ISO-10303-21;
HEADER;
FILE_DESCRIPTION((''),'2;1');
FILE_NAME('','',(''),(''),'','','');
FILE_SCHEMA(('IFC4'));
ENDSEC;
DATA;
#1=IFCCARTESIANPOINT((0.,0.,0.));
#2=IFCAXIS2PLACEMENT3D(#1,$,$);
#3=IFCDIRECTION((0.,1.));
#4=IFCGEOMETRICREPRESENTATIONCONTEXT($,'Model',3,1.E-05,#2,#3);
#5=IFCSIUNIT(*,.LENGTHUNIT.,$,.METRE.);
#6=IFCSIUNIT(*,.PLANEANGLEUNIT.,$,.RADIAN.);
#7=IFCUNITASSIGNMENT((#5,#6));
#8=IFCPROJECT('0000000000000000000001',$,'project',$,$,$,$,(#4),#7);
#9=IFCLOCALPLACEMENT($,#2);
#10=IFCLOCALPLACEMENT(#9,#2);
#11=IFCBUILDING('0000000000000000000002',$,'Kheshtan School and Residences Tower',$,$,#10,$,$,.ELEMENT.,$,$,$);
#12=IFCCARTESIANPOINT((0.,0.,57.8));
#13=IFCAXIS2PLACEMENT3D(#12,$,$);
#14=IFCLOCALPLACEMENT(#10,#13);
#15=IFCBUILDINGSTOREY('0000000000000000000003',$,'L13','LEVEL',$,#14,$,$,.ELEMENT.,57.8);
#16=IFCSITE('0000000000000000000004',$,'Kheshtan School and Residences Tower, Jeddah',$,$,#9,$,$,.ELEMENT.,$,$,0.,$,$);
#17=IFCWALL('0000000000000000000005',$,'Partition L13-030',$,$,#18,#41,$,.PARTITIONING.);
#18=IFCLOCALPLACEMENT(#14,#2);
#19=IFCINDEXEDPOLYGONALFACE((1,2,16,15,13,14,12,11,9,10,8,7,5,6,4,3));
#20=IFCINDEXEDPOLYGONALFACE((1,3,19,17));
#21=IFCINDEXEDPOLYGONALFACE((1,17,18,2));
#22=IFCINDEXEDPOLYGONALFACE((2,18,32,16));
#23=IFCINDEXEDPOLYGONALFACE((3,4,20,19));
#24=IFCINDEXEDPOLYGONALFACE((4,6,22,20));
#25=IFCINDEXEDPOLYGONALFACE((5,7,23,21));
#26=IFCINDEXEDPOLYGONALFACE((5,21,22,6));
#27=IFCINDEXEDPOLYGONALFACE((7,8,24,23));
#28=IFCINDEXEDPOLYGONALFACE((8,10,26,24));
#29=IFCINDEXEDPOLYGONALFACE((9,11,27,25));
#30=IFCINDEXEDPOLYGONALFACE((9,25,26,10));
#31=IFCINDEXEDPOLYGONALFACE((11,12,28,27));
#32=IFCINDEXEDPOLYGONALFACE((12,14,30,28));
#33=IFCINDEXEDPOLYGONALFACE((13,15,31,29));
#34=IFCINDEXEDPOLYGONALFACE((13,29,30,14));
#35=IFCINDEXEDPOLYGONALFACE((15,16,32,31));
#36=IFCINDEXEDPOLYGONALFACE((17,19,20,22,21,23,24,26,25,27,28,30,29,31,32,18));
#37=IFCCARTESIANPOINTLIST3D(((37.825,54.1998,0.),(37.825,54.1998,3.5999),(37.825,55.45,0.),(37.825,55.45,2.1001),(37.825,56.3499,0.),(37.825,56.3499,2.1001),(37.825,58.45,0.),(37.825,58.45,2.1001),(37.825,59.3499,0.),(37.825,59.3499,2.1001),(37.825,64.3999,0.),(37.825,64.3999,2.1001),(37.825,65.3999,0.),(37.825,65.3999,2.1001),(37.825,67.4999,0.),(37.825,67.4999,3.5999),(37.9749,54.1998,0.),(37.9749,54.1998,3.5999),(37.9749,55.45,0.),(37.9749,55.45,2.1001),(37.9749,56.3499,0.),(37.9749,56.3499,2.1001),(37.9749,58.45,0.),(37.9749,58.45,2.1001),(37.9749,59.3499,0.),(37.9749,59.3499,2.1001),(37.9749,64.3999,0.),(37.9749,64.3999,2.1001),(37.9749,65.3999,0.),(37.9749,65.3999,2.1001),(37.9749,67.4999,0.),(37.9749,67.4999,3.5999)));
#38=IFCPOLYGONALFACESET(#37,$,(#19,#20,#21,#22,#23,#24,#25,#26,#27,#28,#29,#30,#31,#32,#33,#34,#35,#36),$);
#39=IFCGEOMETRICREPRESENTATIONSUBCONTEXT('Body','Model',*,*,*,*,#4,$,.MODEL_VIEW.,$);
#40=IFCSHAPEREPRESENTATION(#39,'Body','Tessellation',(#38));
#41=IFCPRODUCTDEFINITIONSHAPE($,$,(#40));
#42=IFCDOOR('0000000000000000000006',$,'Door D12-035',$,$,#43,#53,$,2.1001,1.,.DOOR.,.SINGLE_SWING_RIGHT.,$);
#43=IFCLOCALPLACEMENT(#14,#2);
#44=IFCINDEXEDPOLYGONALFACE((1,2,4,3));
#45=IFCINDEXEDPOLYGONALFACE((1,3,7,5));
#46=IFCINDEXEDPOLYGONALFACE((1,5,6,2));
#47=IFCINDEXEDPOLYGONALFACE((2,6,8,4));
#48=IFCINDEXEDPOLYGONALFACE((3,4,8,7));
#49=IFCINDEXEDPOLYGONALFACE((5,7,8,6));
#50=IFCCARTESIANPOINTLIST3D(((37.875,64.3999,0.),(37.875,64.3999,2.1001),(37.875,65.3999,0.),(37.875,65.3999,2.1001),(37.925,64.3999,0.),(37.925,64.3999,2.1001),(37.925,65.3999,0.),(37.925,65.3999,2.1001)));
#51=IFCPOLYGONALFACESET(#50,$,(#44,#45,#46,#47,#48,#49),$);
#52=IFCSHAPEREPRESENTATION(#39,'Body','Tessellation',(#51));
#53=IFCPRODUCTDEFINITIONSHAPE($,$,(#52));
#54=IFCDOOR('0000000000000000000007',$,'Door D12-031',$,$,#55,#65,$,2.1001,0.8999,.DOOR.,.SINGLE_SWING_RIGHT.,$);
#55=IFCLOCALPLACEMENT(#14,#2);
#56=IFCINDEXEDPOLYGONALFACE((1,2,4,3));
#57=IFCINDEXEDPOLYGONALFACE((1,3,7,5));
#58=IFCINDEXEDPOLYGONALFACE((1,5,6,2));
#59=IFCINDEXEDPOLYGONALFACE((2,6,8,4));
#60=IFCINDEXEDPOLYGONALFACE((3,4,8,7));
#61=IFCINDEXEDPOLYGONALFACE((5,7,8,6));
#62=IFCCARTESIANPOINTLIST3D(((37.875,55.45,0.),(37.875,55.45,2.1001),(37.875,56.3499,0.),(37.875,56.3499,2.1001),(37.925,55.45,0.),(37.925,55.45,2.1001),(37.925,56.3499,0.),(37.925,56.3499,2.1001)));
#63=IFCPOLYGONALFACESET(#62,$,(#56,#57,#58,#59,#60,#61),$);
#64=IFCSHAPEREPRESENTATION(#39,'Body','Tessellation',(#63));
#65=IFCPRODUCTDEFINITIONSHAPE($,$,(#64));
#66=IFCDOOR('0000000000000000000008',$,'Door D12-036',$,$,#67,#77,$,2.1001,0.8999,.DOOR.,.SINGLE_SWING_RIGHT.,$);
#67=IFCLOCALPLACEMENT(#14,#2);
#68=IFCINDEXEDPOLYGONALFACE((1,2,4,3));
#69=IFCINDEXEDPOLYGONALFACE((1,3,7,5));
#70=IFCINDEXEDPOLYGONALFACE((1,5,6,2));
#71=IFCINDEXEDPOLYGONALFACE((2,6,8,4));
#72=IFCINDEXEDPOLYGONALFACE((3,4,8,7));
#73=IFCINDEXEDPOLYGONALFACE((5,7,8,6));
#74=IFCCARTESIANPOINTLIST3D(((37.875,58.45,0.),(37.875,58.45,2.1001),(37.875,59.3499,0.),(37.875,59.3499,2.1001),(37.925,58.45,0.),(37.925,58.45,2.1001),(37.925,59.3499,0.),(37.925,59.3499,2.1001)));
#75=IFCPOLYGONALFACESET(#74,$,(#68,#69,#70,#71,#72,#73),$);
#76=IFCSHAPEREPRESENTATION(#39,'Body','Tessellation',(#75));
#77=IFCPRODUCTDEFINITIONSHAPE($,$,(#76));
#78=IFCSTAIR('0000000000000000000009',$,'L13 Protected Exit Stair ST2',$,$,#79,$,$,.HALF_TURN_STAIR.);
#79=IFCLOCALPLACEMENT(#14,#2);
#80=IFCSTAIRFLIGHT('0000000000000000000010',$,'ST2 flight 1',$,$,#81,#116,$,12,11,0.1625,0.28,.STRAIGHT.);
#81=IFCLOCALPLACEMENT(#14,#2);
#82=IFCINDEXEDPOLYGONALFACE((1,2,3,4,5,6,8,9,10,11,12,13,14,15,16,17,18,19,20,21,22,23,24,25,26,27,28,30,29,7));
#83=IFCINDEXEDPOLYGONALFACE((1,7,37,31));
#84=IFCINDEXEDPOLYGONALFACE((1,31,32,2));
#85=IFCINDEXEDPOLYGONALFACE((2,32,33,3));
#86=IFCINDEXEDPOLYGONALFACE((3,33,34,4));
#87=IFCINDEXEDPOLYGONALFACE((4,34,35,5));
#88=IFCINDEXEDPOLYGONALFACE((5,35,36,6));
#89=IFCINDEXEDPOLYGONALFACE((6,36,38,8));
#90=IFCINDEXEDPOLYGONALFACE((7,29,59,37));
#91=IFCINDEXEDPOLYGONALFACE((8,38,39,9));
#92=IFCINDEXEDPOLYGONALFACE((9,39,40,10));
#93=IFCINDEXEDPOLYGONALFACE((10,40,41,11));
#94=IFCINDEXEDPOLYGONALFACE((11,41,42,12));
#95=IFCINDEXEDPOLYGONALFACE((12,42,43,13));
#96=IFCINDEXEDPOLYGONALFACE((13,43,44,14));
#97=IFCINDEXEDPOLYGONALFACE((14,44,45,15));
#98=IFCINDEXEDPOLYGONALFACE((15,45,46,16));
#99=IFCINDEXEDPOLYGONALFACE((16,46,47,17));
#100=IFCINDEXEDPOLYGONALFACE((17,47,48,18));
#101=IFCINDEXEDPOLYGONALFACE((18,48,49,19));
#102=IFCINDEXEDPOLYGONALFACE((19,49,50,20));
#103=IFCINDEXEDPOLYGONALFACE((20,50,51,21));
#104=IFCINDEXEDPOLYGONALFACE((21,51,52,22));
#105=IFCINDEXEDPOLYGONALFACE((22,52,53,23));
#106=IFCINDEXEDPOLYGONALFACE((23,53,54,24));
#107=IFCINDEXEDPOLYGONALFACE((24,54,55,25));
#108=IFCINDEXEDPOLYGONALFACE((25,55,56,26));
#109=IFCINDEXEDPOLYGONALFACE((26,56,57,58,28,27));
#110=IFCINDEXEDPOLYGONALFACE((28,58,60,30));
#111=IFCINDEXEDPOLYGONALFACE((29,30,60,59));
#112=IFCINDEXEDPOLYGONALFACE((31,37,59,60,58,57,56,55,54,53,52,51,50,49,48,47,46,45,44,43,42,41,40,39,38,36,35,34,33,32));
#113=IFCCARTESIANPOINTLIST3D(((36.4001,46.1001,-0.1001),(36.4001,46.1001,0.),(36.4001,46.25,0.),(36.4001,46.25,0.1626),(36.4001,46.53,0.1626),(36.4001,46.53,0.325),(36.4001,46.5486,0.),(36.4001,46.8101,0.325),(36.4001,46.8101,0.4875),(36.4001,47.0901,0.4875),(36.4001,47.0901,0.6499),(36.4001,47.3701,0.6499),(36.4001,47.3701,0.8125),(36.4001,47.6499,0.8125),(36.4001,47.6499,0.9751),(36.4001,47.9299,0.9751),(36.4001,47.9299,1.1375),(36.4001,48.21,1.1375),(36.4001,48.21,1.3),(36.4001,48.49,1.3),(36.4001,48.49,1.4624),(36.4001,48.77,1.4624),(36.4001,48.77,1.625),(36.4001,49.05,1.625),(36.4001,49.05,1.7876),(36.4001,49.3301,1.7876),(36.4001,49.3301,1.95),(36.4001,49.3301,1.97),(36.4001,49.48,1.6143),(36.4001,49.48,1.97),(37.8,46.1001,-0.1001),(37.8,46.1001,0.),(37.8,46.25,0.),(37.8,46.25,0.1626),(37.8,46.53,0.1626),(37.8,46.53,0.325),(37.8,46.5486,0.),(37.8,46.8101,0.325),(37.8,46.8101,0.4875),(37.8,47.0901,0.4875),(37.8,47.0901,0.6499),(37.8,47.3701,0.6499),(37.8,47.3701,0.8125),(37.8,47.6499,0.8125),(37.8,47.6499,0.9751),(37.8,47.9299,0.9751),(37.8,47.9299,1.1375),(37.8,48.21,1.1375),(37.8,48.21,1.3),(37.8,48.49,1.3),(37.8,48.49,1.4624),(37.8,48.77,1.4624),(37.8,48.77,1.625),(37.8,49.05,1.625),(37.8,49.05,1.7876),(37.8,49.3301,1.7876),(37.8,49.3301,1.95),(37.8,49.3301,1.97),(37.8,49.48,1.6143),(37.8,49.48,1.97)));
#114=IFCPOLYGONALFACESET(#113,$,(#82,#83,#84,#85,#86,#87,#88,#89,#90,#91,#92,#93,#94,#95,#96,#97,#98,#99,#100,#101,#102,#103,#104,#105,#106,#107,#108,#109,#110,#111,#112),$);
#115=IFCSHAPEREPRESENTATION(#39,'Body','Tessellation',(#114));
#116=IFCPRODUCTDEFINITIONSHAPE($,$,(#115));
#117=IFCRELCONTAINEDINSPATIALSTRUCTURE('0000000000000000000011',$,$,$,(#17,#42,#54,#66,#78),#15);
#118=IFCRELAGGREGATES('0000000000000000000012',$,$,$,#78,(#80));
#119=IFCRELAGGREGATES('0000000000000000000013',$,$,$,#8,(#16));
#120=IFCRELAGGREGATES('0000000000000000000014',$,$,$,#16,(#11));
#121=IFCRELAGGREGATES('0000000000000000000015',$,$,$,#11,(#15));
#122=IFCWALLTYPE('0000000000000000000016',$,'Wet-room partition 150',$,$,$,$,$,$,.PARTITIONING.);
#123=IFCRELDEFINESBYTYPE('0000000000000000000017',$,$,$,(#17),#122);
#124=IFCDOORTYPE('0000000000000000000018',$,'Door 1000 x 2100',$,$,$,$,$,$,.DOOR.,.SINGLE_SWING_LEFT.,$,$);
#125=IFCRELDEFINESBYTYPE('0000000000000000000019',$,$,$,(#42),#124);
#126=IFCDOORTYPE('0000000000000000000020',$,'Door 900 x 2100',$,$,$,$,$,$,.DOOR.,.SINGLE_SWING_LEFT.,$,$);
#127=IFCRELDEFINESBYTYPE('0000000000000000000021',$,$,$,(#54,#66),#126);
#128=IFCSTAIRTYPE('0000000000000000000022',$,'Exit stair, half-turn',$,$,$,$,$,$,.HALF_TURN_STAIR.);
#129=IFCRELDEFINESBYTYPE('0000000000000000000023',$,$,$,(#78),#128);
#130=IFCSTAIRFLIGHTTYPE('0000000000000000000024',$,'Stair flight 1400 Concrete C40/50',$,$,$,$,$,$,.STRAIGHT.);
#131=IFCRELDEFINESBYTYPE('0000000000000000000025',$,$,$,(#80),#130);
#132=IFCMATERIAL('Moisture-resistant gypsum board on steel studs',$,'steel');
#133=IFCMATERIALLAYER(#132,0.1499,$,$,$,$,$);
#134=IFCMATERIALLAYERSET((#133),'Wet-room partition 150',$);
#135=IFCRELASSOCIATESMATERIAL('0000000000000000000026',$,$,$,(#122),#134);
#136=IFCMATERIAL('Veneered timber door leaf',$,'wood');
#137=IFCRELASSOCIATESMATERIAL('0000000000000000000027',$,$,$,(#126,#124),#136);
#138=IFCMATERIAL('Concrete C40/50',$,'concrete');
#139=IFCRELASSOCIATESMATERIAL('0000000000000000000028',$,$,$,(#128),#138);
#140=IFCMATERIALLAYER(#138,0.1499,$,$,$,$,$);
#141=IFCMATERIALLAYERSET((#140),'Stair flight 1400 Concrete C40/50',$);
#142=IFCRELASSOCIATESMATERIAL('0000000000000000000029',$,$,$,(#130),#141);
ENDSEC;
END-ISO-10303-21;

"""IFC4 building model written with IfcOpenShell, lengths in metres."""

from ifc_helpers import new_model, si_unit, direction, frame, frame_2d, origin, place, context, subcontext, project, spatial, polyline, rectangle, outline, extrude, source, transform, mapped, material, layer, layer_set, type_object, element, fill, aggregate, save


model = new_model("IFC4")

# Units and contexts
model_context = context("Model", 3, precision=1e-05, world=origin(), true_north=direction((0.0, 1.0)))
body_context = subcontext(model_context, "Body", "Model", "MODEL_VIEW")
ifc_project = project(units=[si_unit("LENGTHUNIT", "METRE"), si_unit("PLANEANGLEUNIT", "RADIAN")], contexts=[model_context])

# Site, building, storey
site_placement = place(None, origin())
site = spatial("IfcSite", under=ifc_project, at=site_placement, Name="Kheshtan School and Residences Tower, Jeddah", CompositionType="ELEMENT", RefElevation=0.0)
building_placement = place(site_placement, origin())
building = spatial("IfcBuilding", under=site, at=building_placement, Name="Kheshtan School and Residences Tower", CompositionType="ELEMENT")
storey_placement = place(building_placement, frame((0.0, 0.0, 57.8)))
storey = spatial("IfcBuildingStorey", under=building, at=storey_placement, Name="L13", Description="LEVEL", CompositionType="ELEMENT", Elevation=57.8)

# Wall, openings, doors
ifc_material_1 = material(Name="Moisture-resistant gypsum board on steel studs", Category="steel")
ifc_layer_1 = layer(ifc_material_1, 0.1499)
ifc_layer_set_1 = layer_set([ifc_layer_1], Name="Wet-room partition 150")
wall_type_1 = type_object("IfcWallType", Name="Wet-room partition 150", PredefinedType="PARTITIONING", material=ifc_layer_set_1)
ifc_material_2 = material(Name="Veneered timber door leaf", Category="wood")
door_type_1 = type_object("IfcDoorType", Name="Door 900 x 2100", OperationType="SINGLE_SWING_LEFT", PredefinedType="DOOR", material=ifc_material_2)
shared_shape_1 = source(origin(), body_context, "Body", "SweptSolid", [
    extrude(rectangle(XDim=0.8999, YDim=2.1001, at=frame_2d((0.45, 1.05))), frame((0.0, 0.0249, 0.0), z_axis=(0.0, -1.0, 0.0), x_axis=(1.0, 0.0, 0.0)), (0.0, 0.0, 1.0), 0.05),
])
wall_1_placement = place(storey_placement, frame((37.8999, 54.2, 0.0), z_axis=(0.0, 0.0, 1.0), x_axis=(0.0, 1.0, 0.0)))
wall_1 = element("IfcWall", 1, at=wall_1_placement, inside=storey, type_object=wall_type_1, Name="Partition L13-030", PredefinedType="PARTITIONING", context=body_context, shape_type="SweptSolid", body=[
    extrude(rectangle(XDim=13.3, YDim=0.1499, at=frame_2d((6.6499, 0.0))), origin(), (0.0, 0.0, 1.0), 3.5999),
])
opening_1_placement = place(wall_1_placement, frame((1.25, 0.0, 0.0)))
opening_1 = element("IfcOpeningElement", 2, at=opening_1_placement, cuts=wall_1, PredefinedType="OPENING", context=body_context, shape_type="SweptSolid", body=[
    extrude(rectangle(XDim=0.8999, YDim=2.1001, at=frame_2d((0.45, 1.05))), frame((0.0, 0.085, 0.0), z_axis=(0.0, -1.0, 0.0), x_axis=(1.0, 0.0, 0.0)), (0.0, 0.0, 1.0), 0.1699),
])
opening_2_placement = place(wall_1_placement, frame((10.2, 0.0, 0.0)))
opening_2 = element("IfcOpeningElement", 3, at=opening_2_placement, cuts=wall_1, PredefinedType="OPENING", context=body_context, shape_type="SweptSolid", body=[
    extrude(rectangle(XDim=1.0, YDim=2.1001, at=frame_2d((0.5, 1.05))), frame((0.0, 0.085, 0.0), z_axis=(0.0, -1.0, 0.0), x_axis=(1.0, 0.0, 0.0)), (0.0, 0.0, 1.0), 0.1699),
])
opening_3_placement = place(wall_1_placement, frame((4.25, 0.0, 0.0)))
opening_3 = element("IfcOpeningElement", 4, at=opening_3_placement, cuts=wall_1, PredefinedType="OPENING", context=body_context, shape_type="SweptSolid", body=[
    extrude(rectangle(XDim=0.8999, YDim=2.1001, at=frame_2d((0.45, 1.05))), frame((0.0, 0.085, 0.0), z_axis=(0.0, -1.0, 0.0), x_axis=(1.0, 0.0, 0.0)), (0.0, 0.0, 1.0), 0.1699),
])
door_type_2 = type_object("IfcDoorType", Name="Door 1000 x 2100", OperationType="SINGLE_SWING_LEFT", PredefinedType="DOOR", material=ifc_material_2)
shared_shape_2 = source(origin(), body_context, "Body", "SweptSolid", [
    extrude(rectangle(XDim=1.0, YDim=2.1001, at=frame_2d((0.5, 1.05))), frame((0.0, 0.0249, 0.0), z_axis=(0.0, -1.0, 0.0), x_axis=(1.0, 0.0, 0.0)), (0.0, 0.0, 1.0), 0.05),
])
door_1_placement = place(opening_2_placement, origin())
door_1 = element("IfcDoor", 5, at=door_1_placement, inside=storey, type_object=door_type_2, Name="Door D12-035", OperationType="SINGLE_SWING_RIGHT", OverallHeight=2.1001, OverallWidth=1.0, PredefinedType="DOOR", context=body_context, shape_type="MappedRepresentation", body=[
    mapped(shared_shape_2, transform((0.0, 0.0, 0.0), x_axis=(1.0, 0.0, 0.0), y_axis=(0.0, 1.0, 0.0), z_axis=(0.0, 0.0, 1.0), scale=1.0)),
])
fill(opening_2, door_1)
door_2_placement = place(opening_1_placement, origin())
door_2 = element("IfcDoor", 6, at=door_2_placement, inside=storey, type_object=door_type_1, Name="Door D12-031", OperationType="SINGLE_SWING_RIGHT", OverallHeight=2.1001, OverallWidth=0.8999, PredefinedType="DOOR", context=body_context, shape_type="MappedRepresentation", body=[
    mapped(shared_shape_1, transform((0.0, 0.0, 0.0), x_axis=(1.0, 0.0, 0.0), y_axis=(0.0, 1.0, 0.0), z_axis=(0.0, 0.0, 1.0), scale=1.0)),
])
fill(opening_1, door_2)
door_3_placement = place(opening_3_placement, origin())
door_3 = element("IfcDoor", 7, at=door_3_placement, inside=storey, type_object=door_type_1, Name="Door D12-036", OperationType="SINGLE_SWING_RIGHT", OverallHeight=2.1001, OverallWidth=0.8999, PredefinedType="DOOR", context=body_context, shape_type="MappedRepresentation", body=[
    mapped(shared_shape_1, transform((0.0, 0.0, 0.0), x_axis=(1.0, 0.0, 0.0), y_axis=(0.0, 1.0, 0.0), z_axis=(0.0, 0.0, 1.0), scale=1.0)),
])
fill(opening_3, door_3)

# Stair, stair flight
ifc_material_3 = material(Name="Concrete C40/50", Category="concrete")
stair_type = type_object("IfcStairType", Name="Exit stair, half-turn", PredefinedType="HALF_TURN_STAIR", material=ifc_material_3)
stair_placement = place(storey_placement, origin())
stair = element("IfcStair", 8, at=stair_placement, inside=storey, type_object=stair_type, Name="L13 Protected Exit Stair ST2", PredefinedType="HALF_TURN_STAIR")
ifc_layer_2 = layer(ifc_material_3, 0.1499)
ifc_layer_set_2 = layer_set([ifc_layer_2], Name="Stair flight 1400 Concrete C40/50")
stair_flight_type = type_object("IfcStairFlightType", Name="Stair flight 1400 Concrete C40/50", PredefinedType="STRAIGHT", material=ifc_layer_set_2)
stair_flight_placement = place(storey_placement, frame((37.1001, 46.25, 0.0), z_axis=(0.0, 0.0, 1.0), x_axis=(0.0, 1.0, 0.0)))
stair_flight = element("IfcStairFlight", 9, at=stair_flight_placement, type_object=stair_flight_type, Name="ST2 flight 1", NumberOfRisers=12, NumberOfTreads=11, PredefinedType="STRAIGHT", RiserHeight=0.1625, TreadLength=0.28, context=body_context, shape_type="SweptSolid", body=[
    extrude(outline(polyline([(-0.1499, -0.1001), (-0.1499, 0.0), (0.0, 0.0), (0.0, 0.1626), (0.28, 0.1626), (0.28, 0.325), (0.5601, 0.325), (0.5601, 0.4875), (0.8401, 0.4875), (0.8401, 0.6499), (1.1201, 0.6499), (1.1201, 0.8125), (1.3999, 0.8125), (1.3999, 0.9751), (1.6799, 0.9751), (1.6799, 1.1375), (1.96, 1.1375), (1.96, 1.3), (2.24, 1.3), (2.24, 1.4624), (2.52, 1.4624), (2.52, 1.625), (2.8, 1.625), (2.8, 1.7876), (3.0801, 1.7876), (3.0801, 1.95), (3.0801, 1.97), (3.23, 1.97), (3.23, 1.6143), (0.2986, 0.0), (-0.1499, -0.1001)])), frame((0.0, 0.7, 0.0), z_axis=(0.0, -1.0, 0.0), x_axis=(1.0, 0.0, 0.0)), (0.0, 0.0, 1.0), 1.3999),
])
aggregate(stair, [stair_flight])

save(model, "model.ifc")
